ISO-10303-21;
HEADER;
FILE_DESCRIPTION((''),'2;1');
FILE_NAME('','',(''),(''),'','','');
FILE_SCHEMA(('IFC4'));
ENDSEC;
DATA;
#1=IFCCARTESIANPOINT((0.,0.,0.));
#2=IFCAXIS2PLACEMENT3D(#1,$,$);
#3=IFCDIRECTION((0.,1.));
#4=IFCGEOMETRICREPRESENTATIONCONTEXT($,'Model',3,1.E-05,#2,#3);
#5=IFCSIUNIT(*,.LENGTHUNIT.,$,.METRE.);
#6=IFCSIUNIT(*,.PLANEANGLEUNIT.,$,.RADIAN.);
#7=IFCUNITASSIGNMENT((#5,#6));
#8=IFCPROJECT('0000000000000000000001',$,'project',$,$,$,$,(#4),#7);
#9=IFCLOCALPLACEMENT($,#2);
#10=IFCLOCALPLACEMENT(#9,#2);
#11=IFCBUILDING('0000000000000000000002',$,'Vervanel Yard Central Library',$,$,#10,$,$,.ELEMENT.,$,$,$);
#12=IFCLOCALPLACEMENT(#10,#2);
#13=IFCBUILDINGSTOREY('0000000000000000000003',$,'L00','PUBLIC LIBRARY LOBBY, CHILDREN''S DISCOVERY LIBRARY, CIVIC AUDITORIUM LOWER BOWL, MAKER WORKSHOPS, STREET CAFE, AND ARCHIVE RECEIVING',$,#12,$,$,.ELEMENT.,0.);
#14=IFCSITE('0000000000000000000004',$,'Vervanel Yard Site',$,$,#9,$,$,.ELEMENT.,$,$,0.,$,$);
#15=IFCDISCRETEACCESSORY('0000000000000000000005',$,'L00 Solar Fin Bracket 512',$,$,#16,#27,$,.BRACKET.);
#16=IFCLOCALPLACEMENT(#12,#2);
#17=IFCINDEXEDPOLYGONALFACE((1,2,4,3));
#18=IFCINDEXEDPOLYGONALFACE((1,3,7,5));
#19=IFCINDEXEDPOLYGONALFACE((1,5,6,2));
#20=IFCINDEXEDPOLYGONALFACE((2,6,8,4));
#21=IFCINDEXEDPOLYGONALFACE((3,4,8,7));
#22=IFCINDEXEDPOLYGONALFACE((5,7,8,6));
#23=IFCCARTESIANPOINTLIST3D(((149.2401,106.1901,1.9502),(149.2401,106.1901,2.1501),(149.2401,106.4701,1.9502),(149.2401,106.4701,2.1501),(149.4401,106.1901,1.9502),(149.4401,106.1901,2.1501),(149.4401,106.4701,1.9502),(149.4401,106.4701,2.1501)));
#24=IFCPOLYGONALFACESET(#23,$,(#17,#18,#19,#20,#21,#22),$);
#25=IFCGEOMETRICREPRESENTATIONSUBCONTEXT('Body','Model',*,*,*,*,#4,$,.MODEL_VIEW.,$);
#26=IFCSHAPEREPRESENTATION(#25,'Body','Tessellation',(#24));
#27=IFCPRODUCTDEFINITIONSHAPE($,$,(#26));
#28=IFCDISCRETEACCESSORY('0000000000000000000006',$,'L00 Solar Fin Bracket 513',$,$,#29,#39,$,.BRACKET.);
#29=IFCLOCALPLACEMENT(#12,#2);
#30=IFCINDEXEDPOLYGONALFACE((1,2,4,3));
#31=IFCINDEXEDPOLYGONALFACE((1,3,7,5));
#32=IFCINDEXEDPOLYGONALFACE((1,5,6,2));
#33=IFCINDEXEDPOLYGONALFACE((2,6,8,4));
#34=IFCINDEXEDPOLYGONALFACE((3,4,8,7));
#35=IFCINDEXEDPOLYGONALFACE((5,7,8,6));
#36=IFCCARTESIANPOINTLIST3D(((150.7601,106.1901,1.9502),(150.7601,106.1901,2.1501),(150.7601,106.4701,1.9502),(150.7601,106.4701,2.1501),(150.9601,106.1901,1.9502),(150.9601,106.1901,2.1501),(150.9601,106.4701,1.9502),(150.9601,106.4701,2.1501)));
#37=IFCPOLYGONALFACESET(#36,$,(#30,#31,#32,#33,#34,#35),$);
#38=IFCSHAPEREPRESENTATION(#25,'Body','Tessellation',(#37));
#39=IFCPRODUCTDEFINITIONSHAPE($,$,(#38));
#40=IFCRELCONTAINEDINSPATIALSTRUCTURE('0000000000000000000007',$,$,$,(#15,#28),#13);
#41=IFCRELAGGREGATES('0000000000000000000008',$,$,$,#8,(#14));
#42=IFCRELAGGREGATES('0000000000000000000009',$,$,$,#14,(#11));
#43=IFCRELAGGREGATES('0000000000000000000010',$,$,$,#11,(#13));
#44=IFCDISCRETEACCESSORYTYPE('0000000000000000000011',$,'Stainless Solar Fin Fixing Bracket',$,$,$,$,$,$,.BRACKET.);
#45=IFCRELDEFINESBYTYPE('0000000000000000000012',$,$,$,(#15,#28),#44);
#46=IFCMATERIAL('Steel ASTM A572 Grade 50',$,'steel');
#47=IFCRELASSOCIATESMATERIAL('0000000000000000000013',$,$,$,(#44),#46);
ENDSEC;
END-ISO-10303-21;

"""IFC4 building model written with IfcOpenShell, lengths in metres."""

from ifc_helpers import new_model, si_unit, direction, frame, origin, origin_2d, place, context, subcontext, project, spatial, rectangle, extrude, material, type_object, element, save


model = new_model("IFC4")

# Units and contexts
model_context = context("Model", 3, precision=1e-05, world=origin(), true_north=direction((0.0, 1.0)))
body_context = subcontext(model_context, "Body", "Model", "MODEL_VIEW")
ifc_project = project(units=[si_unit("LENGTHUNIT", "METRE"), si_unit("PLANEANGLEUNIT", "RADIAN")], contexts=[model_context])

# Site, building, storey
site_placement = place(None, origin())
site = spatial("IfcSite", under=ifc_project, at=site_placement, Name="Vervanel Yard Site", CompositionType="ELEMENT", RefElevation=0.0)
building_placement = place(site_placement, origin())
building = spatial("IfcBuilding", under=site, at=building_placement, Name="Vervanel Yard Central Library", CompositionType="ELEMENT")
storey_placement = place(building_placement, origin())
storey = spatial("IfcBuildingStorey", under=building, at=storey_placement, Name="L00", Description="PUBLIC LIBRARY LOBBY, CHILDREN'S DISCOVERY LIBRARY, CIVIC AUDITORIUM LOWER BOWL, MAKER WORKSHOPS, STREET CAFE, AND ARCHIVE RECEIVING", CompositionType="ELEMENT", Elevation=0.0)

# Shared definitions
ifc_material_1 = material(Name="Steel ASTM A572 Grade 50", Category="steel")

# Discrete accessories
discrete_accessory_type = type_object("IfcDiscreteAccessoryType", Name="Stainless Solar Fin Fixing Bracket", PredefinedType="BRACKET", material=ifc_material_1)
for number, where, z_axis, x_axis, name in (
    (1, (149.3401, 106.3301, 1.9502), (0.0, 0.0, 1.0), (1.0, 0.0, 0.0), "L00 Solar Fin Bracket 512"),
    (2, (150.8601, 106.3301, 1.9502), (0.0, 0.0, 1.0), (1.0, 0.0, 0.0), "L00 Solar Fin Bracket 513"),
):
    element("IfcDiscreteAccessory", number, at=place(storey_placement, frame(where, z_axis=z_axis, x_axis=x_axis)), inside=storey, type_object=discrete_accessory_type, Name=name, PredefinedType="BRACKET", context=body_context, shape_type="SweptSolid", body=[
        extrude(rectangle(XDim=0.2, YDim=0.28, at=origin_2d()), origin(), (0.0, 0.0, 1.0), 0.2),
    ])

save(model, "model.ifc")
